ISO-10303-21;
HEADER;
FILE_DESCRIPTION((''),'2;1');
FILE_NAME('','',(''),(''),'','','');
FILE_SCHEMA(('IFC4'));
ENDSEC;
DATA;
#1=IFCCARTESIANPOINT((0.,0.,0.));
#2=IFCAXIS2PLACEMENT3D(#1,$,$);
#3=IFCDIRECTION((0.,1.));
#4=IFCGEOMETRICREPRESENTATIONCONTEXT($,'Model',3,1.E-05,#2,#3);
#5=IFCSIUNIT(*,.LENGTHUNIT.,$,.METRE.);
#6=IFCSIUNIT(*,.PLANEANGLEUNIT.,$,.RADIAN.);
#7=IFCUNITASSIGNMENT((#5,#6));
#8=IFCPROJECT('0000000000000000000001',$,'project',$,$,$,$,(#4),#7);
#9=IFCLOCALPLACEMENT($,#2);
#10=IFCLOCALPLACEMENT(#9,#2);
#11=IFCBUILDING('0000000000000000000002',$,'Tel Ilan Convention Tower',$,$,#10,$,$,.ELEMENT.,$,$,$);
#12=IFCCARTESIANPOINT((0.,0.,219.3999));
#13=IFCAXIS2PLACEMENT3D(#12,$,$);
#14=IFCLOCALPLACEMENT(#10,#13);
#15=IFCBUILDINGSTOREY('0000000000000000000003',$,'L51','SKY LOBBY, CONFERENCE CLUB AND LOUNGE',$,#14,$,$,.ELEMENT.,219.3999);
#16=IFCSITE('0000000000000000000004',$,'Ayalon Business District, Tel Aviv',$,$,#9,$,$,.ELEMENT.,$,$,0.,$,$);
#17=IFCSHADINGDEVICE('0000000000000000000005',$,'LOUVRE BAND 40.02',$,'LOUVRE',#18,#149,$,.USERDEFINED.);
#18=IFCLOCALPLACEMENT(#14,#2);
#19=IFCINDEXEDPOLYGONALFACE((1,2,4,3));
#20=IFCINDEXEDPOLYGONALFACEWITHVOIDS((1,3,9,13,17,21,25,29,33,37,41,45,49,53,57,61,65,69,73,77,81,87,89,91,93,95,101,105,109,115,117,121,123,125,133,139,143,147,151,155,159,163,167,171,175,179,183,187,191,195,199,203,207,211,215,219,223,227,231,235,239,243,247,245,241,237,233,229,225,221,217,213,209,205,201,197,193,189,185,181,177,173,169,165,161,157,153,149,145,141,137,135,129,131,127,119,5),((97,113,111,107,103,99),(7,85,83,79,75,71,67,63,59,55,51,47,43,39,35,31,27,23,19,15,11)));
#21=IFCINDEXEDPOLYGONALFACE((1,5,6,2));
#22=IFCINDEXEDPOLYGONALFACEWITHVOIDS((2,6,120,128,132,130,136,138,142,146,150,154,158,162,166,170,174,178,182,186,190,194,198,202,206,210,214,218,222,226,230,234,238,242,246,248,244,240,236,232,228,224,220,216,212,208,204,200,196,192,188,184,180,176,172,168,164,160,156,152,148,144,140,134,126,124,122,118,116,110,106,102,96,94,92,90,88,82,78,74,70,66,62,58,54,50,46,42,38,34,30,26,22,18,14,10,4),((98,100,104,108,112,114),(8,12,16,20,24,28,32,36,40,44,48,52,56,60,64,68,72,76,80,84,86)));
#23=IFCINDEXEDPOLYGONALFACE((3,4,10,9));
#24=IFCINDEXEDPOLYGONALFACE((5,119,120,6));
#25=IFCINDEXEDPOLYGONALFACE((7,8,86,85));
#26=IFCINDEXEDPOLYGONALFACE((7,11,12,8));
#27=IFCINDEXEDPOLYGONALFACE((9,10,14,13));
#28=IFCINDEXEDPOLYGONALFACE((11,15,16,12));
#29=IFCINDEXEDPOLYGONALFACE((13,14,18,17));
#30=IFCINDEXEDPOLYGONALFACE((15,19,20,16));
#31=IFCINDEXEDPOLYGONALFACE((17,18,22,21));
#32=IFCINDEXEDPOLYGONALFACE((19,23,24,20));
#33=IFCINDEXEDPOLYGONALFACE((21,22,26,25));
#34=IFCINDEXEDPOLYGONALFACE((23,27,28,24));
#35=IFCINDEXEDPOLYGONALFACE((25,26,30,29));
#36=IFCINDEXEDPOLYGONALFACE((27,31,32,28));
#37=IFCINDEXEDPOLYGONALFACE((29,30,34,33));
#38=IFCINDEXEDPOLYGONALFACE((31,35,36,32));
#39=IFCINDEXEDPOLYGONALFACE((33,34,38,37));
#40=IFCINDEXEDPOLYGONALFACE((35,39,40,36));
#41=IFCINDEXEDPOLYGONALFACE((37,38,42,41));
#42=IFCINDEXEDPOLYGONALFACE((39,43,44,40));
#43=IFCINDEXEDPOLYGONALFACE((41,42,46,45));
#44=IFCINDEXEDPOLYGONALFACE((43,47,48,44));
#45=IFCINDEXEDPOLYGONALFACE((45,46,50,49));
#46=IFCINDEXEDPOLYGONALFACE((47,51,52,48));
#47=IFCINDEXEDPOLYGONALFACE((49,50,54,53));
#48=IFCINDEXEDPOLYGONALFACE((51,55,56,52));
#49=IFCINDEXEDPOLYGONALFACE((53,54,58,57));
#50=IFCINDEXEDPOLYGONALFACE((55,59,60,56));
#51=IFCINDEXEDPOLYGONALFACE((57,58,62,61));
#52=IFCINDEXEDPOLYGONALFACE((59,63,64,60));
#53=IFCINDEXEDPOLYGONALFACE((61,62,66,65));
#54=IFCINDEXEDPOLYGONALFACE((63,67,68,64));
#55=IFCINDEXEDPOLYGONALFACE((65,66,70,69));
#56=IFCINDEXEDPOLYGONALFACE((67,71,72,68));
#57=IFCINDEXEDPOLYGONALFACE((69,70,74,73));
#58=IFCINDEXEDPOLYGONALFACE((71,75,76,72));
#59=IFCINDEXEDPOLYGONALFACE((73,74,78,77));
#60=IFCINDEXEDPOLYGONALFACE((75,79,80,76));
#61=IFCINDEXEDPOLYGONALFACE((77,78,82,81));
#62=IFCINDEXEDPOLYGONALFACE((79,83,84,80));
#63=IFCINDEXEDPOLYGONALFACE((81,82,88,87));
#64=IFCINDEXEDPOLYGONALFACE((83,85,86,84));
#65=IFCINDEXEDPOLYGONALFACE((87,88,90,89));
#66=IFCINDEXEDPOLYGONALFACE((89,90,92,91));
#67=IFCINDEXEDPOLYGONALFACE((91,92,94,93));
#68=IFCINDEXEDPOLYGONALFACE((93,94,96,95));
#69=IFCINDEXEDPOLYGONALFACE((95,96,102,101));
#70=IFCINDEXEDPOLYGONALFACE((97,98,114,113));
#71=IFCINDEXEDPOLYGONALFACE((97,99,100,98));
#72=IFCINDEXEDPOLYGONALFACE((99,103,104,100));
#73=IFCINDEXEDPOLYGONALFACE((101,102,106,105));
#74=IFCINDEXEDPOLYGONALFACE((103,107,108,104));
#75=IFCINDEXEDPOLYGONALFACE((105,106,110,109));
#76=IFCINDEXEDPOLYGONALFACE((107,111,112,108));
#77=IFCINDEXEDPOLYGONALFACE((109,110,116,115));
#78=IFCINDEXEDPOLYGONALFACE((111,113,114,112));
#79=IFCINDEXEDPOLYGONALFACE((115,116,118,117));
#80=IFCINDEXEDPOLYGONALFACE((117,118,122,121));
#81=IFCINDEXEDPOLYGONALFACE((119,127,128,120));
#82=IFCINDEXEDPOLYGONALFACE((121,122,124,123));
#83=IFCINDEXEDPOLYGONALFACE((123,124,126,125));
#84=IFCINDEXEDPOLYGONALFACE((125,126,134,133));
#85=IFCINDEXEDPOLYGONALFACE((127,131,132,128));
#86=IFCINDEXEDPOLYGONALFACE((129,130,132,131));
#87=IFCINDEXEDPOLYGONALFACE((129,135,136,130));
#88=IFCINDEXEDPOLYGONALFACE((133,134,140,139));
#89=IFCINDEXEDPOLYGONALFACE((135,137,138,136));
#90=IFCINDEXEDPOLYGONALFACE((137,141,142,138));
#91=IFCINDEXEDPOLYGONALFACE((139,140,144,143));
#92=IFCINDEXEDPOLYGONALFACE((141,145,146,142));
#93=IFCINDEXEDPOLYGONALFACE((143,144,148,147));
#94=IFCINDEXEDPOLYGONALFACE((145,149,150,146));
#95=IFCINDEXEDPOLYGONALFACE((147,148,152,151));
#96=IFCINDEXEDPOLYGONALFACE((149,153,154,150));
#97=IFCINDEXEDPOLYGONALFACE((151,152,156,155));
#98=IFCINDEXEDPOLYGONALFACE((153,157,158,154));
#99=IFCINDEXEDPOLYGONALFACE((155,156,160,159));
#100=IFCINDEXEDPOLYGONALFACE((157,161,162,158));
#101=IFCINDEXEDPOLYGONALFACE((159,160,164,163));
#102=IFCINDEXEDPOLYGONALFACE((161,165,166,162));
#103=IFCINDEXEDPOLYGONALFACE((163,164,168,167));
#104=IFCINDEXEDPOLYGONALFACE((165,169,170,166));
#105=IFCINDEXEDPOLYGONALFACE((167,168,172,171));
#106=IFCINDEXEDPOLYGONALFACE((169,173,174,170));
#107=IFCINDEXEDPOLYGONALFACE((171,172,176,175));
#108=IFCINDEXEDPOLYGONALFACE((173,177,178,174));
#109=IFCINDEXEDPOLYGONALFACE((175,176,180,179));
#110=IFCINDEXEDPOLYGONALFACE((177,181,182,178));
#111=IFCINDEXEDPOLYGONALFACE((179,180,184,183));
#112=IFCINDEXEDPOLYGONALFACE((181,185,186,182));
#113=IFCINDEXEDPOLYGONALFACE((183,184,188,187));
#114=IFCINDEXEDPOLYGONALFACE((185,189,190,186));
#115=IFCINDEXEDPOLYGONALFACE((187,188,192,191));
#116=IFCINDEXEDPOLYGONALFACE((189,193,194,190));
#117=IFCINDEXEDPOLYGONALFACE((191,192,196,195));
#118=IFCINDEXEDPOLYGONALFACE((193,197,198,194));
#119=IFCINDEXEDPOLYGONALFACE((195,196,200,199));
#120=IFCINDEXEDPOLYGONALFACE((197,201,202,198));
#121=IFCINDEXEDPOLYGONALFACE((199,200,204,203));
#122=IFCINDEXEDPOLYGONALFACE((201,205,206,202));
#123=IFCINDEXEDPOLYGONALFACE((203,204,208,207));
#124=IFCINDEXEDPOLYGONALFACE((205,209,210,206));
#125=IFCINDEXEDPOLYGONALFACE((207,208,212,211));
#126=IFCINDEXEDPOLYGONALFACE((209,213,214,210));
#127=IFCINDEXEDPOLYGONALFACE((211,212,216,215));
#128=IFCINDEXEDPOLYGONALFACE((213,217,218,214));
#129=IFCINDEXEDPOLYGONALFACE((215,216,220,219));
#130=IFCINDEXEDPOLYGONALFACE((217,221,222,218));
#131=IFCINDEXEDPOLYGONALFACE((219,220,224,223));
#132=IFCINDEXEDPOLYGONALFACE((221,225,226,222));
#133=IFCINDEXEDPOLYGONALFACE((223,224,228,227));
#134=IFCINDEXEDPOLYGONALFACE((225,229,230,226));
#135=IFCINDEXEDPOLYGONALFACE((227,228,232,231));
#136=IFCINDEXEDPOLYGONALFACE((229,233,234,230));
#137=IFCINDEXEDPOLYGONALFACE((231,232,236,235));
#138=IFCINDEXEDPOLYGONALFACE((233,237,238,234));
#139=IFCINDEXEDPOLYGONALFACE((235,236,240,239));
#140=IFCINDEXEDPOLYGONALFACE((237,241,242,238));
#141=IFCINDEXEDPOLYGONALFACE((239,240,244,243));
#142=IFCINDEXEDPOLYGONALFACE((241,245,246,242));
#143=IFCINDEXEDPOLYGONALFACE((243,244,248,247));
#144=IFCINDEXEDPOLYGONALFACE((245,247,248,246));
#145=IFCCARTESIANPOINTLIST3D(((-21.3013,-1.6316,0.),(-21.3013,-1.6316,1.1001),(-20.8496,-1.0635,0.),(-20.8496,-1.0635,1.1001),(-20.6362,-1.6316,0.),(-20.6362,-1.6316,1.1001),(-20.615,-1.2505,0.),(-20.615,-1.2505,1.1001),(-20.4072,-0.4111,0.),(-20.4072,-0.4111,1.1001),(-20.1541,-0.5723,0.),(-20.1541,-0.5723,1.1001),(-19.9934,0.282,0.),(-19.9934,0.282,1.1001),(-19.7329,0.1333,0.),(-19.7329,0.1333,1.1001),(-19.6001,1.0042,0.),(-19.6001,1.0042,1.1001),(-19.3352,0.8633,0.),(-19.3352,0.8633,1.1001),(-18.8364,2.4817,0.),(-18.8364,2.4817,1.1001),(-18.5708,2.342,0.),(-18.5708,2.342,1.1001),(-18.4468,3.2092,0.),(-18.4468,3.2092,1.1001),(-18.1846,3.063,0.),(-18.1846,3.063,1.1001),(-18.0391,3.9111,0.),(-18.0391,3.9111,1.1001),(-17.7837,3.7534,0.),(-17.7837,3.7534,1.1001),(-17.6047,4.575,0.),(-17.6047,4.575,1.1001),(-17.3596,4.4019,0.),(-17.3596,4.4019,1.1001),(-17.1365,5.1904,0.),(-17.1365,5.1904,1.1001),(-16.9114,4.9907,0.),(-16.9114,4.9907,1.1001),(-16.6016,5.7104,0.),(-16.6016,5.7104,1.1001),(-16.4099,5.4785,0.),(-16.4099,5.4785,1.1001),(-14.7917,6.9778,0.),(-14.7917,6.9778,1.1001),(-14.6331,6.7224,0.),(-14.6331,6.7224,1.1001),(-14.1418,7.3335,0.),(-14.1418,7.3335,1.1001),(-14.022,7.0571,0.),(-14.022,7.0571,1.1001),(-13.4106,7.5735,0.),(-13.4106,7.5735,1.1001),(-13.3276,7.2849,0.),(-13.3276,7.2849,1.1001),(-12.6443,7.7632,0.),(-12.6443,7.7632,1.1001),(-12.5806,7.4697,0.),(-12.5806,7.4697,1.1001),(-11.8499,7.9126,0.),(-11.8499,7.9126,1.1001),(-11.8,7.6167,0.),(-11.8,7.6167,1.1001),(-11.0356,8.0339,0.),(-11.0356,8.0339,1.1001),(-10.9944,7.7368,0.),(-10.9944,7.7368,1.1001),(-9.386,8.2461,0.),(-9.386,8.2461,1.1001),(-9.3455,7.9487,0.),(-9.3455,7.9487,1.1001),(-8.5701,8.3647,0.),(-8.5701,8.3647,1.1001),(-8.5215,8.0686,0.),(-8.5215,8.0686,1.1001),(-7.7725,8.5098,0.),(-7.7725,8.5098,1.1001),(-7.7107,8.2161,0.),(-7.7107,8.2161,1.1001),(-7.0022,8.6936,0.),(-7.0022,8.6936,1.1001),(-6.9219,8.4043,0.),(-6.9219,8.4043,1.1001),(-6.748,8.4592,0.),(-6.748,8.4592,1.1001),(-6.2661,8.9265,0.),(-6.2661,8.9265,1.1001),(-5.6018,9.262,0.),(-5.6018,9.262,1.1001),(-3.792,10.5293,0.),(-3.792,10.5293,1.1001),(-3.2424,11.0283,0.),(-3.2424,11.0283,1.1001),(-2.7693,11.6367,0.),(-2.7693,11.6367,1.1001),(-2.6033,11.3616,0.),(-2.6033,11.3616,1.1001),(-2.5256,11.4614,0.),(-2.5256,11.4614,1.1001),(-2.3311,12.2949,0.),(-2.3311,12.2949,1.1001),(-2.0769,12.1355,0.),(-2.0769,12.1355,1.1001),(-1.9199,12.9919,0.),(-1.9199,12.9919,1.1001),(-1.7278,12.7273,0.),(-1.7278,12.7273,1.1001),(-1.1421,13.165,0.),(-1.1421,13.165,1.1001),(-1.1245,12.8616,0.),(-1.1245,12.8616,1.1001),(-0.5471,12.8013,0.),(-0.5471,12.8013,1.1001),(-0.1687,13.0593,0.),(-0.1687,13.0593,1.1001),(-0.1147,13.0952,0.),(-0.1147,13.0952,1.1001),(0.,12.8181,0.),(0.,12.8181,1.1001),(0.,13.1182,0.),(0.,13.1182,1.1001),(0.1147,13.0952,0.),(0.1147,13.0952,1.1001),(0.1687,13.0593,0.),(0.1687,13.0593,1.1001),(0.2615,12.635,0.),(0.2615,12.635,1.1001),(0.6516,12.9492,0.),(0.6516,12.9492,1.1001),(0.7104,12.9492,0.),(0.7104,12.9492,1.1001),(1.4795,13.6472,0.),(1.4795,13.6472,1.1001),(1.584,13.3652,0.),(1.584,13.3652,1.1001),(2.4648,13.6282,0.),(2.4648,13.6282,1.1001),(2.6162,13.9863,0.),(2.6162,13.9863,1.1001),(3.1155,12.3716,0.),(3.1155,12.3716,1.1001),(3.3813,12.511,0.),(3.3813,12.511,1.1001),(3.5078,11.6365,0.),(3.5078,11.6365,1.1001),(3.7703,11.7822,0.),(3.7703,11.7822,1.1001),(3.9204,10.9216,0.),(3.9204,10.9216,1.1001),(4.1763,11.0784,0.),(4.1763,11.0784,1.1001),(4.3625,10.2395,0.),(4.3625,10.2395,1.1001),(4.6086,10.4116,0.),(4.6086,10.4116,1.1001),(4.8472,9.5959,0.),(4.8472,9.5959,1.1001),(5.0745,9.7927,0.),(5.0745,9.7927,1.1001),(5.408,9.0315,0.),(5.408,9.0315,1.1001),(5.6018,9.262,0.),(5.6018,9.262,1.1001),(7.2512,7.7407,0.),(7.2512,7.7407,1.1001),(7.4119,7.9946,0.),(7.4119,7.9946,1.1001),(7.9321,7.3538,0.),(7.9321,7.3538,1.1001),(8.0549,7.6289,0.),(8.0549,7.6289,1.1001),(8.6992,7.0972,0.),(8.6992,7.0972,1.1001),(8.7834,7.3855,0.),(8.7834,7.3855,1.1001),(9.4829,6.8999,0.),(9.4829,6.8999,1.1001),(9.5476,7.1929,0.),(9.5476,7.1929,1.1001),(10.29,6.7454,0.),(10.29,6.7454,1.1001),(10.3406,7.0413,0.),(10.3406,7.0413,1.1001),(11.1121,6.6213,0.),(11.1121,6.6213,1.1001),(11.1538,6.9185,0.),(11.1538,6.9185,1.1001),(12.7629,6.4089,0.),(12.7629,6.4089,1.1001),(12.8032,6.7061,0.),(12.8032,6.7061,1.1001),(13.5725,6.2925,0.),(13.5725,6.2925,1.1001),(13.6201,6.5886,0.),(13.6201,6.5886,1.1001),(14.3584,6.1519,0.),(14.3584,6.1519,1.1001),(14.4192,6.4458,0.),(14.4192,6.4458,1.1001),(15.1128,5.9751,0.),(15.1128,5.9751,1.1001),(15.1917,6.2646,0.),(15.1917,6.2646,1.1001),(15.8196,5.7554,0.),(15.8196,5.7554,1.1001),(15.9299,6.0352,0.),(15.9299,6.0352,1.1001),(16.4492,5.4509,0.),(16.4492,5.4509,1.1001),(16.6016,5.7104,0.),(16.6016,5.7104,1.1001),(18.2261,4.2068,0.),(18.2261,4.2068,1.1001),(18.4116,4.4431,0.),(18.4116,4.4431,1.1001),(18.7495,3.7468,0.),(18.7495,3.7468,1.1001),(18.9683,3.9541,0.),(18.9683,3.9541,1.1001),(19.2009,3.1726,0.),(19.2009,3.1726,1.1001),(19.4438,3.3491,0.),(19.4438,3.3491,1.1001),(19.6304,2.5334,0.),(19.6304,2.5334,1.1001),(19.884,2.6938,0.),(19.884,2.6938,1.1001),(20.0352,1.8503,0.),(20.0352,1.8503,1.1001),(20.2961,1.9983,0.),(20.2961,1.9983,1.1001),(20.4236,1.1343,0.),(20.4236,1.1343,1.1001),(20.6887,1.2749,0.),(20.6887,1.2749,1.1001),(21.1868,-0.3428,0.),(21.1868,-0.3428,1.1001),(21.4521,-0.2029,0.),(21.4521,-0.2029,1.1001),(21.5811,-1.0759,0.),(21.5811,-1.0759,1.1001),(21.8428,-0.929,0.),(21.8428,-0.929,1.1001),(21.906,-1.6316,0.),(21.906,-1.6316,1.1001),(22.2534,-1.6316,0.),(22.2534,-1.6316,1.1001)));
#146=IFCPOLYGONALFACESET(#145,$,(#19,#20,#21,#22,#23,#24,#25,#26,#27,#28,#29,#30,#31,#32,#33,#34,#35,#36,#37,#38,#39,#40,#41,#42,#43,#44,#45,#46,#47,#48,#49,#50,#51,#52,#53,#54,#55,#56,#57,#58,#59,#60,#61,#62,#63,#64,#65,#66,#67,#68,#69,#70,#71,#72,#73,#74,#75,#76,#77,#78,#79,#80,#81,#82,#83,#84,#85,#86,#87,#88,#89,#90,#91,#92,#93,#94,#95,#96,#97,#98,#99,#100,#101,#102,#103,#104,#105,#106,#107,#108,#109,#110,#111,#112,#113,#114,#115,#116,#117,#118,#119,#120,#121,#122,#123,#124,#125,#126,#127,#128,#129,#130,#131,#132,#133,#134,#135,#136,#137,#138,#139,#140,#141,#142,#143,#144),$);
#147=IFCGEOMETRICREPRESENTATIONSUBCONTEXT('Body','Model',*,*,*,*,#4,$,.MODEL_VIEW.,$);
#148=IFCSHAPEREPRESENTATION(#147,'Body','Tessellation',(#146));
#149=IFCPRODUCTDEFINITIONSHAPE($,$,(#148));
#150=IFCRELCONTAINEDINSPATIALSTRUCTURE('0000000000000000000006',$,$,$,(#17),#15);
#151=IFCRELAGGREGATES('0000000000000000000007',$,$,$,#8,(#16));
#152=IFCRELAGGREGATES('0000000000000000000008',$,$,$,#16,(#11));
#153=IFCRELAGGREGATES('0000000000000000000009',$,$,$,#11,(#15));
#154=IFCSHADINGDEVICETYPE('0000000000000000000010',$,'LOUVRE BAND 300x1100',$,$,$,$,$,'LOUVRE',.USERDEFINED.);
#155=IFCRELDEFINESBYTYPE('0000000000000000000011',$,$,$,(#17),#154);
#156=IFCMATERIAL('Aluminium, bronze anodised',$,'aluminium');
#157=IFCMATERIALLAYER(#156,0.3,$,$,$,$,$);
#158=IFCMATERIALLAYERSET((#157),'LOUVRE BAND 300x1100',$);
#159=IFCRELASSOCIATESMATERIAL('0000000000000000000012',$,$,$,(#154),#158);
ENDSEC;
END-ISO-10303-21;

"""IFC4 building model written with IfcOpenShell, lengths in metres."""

from ifc_helpers import new_model, si_unit, direction, frame, origin, place, context, subcontext, project, spatial, polyline, outline, extrude, material, layer, layer_set, type_object, element, save


model = new_model("IFC4")

# Units and contexts
model_context = context("Model", 3, precision=1e-05, world=origin(), true_north=direction((0.0, 1.0)))
body_context = subcontext(model_context, "Body", "Model", "MODEL_VIEW")
ifc_project = project(units=[si_unit("LENGTHUNIT", "METRE"), si_unit("PLANEANGLEUNIT", "RADIAN")], contexts=[model_context])

# Site, building, storey
site_placement = place(None, origin())
site = spatial("IfcSite", under=ifc_project, at=site_placement, Name="Ayalon Business District, Tel Aviv", CompositionType="ELEMENT", RefElevation=0.0)
building_placement = place(site_placement, origin())
building = spatial("IfcBuilding", under=site, at=building_placement, Name="Tel Ilan Convention Tower", CompositionType="ELEMENT")
storey_placement = place(building_placement, frame((0.0, 0.0, 219.3999)))
storey = spatial("IfcBuildingStorey", under=building, at=storey_placement, Name="L51", Description="SKY LOBBY, CONFERENCE CLUB AND LOUNGE", CompositionType="ELEMENT", Elevation=219.3999)

# Shading device
ifc_material_1 = material(Name="Aluminium, bronze anodised", Category="aluminium")
ifc_layer_1 = layer(ifc_material_1, 0.3)
ifc_layer_set_1 = layer_set([ifc_layer_1], Name="LOUVRE BAND 300x1100")
shading_device_type_1 = type_object("IfcShadingDeviceType", Name="LOUVRE BAND 300x1100", ElementType="LOUVRE", PredefinedType="USERDEFINED", material=ifc_layer_set_1)
shading_device_1_placement = place(storey_placement, origin())
element("IfcShadingDevice", 1, at=shading_device_1_placement, inside=storey, type_object=shading_device_type_1, Name="LOUVRE BAND 40.02", ObjectType="LOUVRE", PredefinedType="USERDEFINED", context=body_context, shape_type="SweptSolid", body=[
    extrude(outline(polyline([(-20.8496, -1.0635), (-21.3013, -1.6316), (-20.6362, -1.6316), (0.0, 12.8181), (0.2615, 12.635), (0.7104, 12.9492), (0.6516, 12.9492), (1.584, 13.3652), (2.4648, 13.6282), (3.1155, 12.3716), (3.5078, 11.6365), (3.9204, 10.9216), (4.3625, 10.2395), (4.8472, 9.5959), (5.408, 9.0315), (7.2512, 7.7407), (7.9321, 7.3538), (8.6992, 7.0972), (9.4829, 6.8999), (10.29, 6.7454), (11.1121, 6.6213), (12.7629, 6.4089), (13.5725, 6.2925), (14.3584, 6.1519), (15.1128, 5.9751), (15.8196, 5.7554), (16.4492, 5.4509), (18.2261, 4.2068), (18.7495, 3.7468), (19.2009, 3.1726), (19.6304, 2.5334), (20.0352, 1.8503), (20.4236, 1.1343), (21.1868, -0.3428), (21.5811, -1.0759), (21.906, -1.6316), (22.2534, -1.6316), (21.8428, -0.929), (21.4521, -0.2029), (20.6887, 1.2749), (20.2961, 1.9983), (19.884, 2.6938), (19.4438, 3.3491), (18.9683, 3.9541), (18.4116, 4.4431), (16.6016, 5.7104), (15.9299, 6.0352), (15.1917, 6.2646), (14.4192, 6.4458), (13.6201, 6.5886), (12.8032, 6.7061), (11.1538, 6.9185), (10.3406, 7.0413), (9.5476, 7.1929), (8.7834, 7.3855), (8.0549, 7.6289), (7.4119, 7.9946), (5.6018, 9.262), (5.0745, 9.7927), (4.6086, 10.4116), (4.1763, 11.0784), (3.7703, 11.7822), (3.3813, 12.511), (2.6162, 13.9863), (1.4795, 13.6472), (0.1687, 13.0593), (0.1147, 13.0952), (0.0, 13.1182), (-0.1147, 13.0952), (-0.1687, 13.0593), (-1.1421, 13.165), (-1.9199, 12.9919), (-2.3311, 12.2949), (-2.7693, 11.6367), (-3.2424, 11.0283), (-3.792, 10.5293), (-5.6018, 9.262), (-6.2661, 8.9265), (-7.0022, 8.6936), (-7.7725, 8.5098), (-8.5701, 8.3647), (-9.386, 8.2461), (-11.0356, 8.0339), (-11.8499, 7.9126), (-12.6443, 7.7632), (-13.4106, 7.5735), (-14.1418, 7.3335), (-14.7917, 6.9778), (-16.6016, 5.7104), (-17.1365, 5.1904), (-17.6047, 4.575), (-18.0391, 3.9111), (-18.4468, 3.2092), (-18.8364, 2.4817), (-19.6001, 1.0042), (-19.9934, 0.282), (-20.4072, -0.4111), (-20.8496, -1.0635)]), holes=[polyline([(-2.6033, 11.3616), (-2.5256, 11.4614), (-2.0769, 12.1355), (-1.7278, 12.7273), (-1.1245, 12.8616), (-0.5471, 12.8013), (-2.6033, 11.3616)]), polyline([(-20.615, -1.2505), (-20.1541, -0.5723), (-19.7329, 0.1333), (-19.3352, 0.8633), (-18.5708, 2.342), (-18.1846, 3.063), (-17.7837, 3.7534), (-17.3596, 4.4019), (-16.9114, 4.9907), (-16.4099, 5.4785), (-14.6331, 6.7224), (-14.022, 7.0571), (-13.3276, 7.2849), (-12.5806, 7.4697), (-11.8, 7.6167), (-10.9944, 7.7368), (-9.3455, 7.9487), (-8.5215, 8.0686), (-7.7107, 8.2161), (-6.9219, 8.4043), (-6.748, 8.4592), (-20.615, -1.2505)])]), origin(), (0.0, 0.0, 1.0), 1.1001),
])

save(model, "model.ifc")
